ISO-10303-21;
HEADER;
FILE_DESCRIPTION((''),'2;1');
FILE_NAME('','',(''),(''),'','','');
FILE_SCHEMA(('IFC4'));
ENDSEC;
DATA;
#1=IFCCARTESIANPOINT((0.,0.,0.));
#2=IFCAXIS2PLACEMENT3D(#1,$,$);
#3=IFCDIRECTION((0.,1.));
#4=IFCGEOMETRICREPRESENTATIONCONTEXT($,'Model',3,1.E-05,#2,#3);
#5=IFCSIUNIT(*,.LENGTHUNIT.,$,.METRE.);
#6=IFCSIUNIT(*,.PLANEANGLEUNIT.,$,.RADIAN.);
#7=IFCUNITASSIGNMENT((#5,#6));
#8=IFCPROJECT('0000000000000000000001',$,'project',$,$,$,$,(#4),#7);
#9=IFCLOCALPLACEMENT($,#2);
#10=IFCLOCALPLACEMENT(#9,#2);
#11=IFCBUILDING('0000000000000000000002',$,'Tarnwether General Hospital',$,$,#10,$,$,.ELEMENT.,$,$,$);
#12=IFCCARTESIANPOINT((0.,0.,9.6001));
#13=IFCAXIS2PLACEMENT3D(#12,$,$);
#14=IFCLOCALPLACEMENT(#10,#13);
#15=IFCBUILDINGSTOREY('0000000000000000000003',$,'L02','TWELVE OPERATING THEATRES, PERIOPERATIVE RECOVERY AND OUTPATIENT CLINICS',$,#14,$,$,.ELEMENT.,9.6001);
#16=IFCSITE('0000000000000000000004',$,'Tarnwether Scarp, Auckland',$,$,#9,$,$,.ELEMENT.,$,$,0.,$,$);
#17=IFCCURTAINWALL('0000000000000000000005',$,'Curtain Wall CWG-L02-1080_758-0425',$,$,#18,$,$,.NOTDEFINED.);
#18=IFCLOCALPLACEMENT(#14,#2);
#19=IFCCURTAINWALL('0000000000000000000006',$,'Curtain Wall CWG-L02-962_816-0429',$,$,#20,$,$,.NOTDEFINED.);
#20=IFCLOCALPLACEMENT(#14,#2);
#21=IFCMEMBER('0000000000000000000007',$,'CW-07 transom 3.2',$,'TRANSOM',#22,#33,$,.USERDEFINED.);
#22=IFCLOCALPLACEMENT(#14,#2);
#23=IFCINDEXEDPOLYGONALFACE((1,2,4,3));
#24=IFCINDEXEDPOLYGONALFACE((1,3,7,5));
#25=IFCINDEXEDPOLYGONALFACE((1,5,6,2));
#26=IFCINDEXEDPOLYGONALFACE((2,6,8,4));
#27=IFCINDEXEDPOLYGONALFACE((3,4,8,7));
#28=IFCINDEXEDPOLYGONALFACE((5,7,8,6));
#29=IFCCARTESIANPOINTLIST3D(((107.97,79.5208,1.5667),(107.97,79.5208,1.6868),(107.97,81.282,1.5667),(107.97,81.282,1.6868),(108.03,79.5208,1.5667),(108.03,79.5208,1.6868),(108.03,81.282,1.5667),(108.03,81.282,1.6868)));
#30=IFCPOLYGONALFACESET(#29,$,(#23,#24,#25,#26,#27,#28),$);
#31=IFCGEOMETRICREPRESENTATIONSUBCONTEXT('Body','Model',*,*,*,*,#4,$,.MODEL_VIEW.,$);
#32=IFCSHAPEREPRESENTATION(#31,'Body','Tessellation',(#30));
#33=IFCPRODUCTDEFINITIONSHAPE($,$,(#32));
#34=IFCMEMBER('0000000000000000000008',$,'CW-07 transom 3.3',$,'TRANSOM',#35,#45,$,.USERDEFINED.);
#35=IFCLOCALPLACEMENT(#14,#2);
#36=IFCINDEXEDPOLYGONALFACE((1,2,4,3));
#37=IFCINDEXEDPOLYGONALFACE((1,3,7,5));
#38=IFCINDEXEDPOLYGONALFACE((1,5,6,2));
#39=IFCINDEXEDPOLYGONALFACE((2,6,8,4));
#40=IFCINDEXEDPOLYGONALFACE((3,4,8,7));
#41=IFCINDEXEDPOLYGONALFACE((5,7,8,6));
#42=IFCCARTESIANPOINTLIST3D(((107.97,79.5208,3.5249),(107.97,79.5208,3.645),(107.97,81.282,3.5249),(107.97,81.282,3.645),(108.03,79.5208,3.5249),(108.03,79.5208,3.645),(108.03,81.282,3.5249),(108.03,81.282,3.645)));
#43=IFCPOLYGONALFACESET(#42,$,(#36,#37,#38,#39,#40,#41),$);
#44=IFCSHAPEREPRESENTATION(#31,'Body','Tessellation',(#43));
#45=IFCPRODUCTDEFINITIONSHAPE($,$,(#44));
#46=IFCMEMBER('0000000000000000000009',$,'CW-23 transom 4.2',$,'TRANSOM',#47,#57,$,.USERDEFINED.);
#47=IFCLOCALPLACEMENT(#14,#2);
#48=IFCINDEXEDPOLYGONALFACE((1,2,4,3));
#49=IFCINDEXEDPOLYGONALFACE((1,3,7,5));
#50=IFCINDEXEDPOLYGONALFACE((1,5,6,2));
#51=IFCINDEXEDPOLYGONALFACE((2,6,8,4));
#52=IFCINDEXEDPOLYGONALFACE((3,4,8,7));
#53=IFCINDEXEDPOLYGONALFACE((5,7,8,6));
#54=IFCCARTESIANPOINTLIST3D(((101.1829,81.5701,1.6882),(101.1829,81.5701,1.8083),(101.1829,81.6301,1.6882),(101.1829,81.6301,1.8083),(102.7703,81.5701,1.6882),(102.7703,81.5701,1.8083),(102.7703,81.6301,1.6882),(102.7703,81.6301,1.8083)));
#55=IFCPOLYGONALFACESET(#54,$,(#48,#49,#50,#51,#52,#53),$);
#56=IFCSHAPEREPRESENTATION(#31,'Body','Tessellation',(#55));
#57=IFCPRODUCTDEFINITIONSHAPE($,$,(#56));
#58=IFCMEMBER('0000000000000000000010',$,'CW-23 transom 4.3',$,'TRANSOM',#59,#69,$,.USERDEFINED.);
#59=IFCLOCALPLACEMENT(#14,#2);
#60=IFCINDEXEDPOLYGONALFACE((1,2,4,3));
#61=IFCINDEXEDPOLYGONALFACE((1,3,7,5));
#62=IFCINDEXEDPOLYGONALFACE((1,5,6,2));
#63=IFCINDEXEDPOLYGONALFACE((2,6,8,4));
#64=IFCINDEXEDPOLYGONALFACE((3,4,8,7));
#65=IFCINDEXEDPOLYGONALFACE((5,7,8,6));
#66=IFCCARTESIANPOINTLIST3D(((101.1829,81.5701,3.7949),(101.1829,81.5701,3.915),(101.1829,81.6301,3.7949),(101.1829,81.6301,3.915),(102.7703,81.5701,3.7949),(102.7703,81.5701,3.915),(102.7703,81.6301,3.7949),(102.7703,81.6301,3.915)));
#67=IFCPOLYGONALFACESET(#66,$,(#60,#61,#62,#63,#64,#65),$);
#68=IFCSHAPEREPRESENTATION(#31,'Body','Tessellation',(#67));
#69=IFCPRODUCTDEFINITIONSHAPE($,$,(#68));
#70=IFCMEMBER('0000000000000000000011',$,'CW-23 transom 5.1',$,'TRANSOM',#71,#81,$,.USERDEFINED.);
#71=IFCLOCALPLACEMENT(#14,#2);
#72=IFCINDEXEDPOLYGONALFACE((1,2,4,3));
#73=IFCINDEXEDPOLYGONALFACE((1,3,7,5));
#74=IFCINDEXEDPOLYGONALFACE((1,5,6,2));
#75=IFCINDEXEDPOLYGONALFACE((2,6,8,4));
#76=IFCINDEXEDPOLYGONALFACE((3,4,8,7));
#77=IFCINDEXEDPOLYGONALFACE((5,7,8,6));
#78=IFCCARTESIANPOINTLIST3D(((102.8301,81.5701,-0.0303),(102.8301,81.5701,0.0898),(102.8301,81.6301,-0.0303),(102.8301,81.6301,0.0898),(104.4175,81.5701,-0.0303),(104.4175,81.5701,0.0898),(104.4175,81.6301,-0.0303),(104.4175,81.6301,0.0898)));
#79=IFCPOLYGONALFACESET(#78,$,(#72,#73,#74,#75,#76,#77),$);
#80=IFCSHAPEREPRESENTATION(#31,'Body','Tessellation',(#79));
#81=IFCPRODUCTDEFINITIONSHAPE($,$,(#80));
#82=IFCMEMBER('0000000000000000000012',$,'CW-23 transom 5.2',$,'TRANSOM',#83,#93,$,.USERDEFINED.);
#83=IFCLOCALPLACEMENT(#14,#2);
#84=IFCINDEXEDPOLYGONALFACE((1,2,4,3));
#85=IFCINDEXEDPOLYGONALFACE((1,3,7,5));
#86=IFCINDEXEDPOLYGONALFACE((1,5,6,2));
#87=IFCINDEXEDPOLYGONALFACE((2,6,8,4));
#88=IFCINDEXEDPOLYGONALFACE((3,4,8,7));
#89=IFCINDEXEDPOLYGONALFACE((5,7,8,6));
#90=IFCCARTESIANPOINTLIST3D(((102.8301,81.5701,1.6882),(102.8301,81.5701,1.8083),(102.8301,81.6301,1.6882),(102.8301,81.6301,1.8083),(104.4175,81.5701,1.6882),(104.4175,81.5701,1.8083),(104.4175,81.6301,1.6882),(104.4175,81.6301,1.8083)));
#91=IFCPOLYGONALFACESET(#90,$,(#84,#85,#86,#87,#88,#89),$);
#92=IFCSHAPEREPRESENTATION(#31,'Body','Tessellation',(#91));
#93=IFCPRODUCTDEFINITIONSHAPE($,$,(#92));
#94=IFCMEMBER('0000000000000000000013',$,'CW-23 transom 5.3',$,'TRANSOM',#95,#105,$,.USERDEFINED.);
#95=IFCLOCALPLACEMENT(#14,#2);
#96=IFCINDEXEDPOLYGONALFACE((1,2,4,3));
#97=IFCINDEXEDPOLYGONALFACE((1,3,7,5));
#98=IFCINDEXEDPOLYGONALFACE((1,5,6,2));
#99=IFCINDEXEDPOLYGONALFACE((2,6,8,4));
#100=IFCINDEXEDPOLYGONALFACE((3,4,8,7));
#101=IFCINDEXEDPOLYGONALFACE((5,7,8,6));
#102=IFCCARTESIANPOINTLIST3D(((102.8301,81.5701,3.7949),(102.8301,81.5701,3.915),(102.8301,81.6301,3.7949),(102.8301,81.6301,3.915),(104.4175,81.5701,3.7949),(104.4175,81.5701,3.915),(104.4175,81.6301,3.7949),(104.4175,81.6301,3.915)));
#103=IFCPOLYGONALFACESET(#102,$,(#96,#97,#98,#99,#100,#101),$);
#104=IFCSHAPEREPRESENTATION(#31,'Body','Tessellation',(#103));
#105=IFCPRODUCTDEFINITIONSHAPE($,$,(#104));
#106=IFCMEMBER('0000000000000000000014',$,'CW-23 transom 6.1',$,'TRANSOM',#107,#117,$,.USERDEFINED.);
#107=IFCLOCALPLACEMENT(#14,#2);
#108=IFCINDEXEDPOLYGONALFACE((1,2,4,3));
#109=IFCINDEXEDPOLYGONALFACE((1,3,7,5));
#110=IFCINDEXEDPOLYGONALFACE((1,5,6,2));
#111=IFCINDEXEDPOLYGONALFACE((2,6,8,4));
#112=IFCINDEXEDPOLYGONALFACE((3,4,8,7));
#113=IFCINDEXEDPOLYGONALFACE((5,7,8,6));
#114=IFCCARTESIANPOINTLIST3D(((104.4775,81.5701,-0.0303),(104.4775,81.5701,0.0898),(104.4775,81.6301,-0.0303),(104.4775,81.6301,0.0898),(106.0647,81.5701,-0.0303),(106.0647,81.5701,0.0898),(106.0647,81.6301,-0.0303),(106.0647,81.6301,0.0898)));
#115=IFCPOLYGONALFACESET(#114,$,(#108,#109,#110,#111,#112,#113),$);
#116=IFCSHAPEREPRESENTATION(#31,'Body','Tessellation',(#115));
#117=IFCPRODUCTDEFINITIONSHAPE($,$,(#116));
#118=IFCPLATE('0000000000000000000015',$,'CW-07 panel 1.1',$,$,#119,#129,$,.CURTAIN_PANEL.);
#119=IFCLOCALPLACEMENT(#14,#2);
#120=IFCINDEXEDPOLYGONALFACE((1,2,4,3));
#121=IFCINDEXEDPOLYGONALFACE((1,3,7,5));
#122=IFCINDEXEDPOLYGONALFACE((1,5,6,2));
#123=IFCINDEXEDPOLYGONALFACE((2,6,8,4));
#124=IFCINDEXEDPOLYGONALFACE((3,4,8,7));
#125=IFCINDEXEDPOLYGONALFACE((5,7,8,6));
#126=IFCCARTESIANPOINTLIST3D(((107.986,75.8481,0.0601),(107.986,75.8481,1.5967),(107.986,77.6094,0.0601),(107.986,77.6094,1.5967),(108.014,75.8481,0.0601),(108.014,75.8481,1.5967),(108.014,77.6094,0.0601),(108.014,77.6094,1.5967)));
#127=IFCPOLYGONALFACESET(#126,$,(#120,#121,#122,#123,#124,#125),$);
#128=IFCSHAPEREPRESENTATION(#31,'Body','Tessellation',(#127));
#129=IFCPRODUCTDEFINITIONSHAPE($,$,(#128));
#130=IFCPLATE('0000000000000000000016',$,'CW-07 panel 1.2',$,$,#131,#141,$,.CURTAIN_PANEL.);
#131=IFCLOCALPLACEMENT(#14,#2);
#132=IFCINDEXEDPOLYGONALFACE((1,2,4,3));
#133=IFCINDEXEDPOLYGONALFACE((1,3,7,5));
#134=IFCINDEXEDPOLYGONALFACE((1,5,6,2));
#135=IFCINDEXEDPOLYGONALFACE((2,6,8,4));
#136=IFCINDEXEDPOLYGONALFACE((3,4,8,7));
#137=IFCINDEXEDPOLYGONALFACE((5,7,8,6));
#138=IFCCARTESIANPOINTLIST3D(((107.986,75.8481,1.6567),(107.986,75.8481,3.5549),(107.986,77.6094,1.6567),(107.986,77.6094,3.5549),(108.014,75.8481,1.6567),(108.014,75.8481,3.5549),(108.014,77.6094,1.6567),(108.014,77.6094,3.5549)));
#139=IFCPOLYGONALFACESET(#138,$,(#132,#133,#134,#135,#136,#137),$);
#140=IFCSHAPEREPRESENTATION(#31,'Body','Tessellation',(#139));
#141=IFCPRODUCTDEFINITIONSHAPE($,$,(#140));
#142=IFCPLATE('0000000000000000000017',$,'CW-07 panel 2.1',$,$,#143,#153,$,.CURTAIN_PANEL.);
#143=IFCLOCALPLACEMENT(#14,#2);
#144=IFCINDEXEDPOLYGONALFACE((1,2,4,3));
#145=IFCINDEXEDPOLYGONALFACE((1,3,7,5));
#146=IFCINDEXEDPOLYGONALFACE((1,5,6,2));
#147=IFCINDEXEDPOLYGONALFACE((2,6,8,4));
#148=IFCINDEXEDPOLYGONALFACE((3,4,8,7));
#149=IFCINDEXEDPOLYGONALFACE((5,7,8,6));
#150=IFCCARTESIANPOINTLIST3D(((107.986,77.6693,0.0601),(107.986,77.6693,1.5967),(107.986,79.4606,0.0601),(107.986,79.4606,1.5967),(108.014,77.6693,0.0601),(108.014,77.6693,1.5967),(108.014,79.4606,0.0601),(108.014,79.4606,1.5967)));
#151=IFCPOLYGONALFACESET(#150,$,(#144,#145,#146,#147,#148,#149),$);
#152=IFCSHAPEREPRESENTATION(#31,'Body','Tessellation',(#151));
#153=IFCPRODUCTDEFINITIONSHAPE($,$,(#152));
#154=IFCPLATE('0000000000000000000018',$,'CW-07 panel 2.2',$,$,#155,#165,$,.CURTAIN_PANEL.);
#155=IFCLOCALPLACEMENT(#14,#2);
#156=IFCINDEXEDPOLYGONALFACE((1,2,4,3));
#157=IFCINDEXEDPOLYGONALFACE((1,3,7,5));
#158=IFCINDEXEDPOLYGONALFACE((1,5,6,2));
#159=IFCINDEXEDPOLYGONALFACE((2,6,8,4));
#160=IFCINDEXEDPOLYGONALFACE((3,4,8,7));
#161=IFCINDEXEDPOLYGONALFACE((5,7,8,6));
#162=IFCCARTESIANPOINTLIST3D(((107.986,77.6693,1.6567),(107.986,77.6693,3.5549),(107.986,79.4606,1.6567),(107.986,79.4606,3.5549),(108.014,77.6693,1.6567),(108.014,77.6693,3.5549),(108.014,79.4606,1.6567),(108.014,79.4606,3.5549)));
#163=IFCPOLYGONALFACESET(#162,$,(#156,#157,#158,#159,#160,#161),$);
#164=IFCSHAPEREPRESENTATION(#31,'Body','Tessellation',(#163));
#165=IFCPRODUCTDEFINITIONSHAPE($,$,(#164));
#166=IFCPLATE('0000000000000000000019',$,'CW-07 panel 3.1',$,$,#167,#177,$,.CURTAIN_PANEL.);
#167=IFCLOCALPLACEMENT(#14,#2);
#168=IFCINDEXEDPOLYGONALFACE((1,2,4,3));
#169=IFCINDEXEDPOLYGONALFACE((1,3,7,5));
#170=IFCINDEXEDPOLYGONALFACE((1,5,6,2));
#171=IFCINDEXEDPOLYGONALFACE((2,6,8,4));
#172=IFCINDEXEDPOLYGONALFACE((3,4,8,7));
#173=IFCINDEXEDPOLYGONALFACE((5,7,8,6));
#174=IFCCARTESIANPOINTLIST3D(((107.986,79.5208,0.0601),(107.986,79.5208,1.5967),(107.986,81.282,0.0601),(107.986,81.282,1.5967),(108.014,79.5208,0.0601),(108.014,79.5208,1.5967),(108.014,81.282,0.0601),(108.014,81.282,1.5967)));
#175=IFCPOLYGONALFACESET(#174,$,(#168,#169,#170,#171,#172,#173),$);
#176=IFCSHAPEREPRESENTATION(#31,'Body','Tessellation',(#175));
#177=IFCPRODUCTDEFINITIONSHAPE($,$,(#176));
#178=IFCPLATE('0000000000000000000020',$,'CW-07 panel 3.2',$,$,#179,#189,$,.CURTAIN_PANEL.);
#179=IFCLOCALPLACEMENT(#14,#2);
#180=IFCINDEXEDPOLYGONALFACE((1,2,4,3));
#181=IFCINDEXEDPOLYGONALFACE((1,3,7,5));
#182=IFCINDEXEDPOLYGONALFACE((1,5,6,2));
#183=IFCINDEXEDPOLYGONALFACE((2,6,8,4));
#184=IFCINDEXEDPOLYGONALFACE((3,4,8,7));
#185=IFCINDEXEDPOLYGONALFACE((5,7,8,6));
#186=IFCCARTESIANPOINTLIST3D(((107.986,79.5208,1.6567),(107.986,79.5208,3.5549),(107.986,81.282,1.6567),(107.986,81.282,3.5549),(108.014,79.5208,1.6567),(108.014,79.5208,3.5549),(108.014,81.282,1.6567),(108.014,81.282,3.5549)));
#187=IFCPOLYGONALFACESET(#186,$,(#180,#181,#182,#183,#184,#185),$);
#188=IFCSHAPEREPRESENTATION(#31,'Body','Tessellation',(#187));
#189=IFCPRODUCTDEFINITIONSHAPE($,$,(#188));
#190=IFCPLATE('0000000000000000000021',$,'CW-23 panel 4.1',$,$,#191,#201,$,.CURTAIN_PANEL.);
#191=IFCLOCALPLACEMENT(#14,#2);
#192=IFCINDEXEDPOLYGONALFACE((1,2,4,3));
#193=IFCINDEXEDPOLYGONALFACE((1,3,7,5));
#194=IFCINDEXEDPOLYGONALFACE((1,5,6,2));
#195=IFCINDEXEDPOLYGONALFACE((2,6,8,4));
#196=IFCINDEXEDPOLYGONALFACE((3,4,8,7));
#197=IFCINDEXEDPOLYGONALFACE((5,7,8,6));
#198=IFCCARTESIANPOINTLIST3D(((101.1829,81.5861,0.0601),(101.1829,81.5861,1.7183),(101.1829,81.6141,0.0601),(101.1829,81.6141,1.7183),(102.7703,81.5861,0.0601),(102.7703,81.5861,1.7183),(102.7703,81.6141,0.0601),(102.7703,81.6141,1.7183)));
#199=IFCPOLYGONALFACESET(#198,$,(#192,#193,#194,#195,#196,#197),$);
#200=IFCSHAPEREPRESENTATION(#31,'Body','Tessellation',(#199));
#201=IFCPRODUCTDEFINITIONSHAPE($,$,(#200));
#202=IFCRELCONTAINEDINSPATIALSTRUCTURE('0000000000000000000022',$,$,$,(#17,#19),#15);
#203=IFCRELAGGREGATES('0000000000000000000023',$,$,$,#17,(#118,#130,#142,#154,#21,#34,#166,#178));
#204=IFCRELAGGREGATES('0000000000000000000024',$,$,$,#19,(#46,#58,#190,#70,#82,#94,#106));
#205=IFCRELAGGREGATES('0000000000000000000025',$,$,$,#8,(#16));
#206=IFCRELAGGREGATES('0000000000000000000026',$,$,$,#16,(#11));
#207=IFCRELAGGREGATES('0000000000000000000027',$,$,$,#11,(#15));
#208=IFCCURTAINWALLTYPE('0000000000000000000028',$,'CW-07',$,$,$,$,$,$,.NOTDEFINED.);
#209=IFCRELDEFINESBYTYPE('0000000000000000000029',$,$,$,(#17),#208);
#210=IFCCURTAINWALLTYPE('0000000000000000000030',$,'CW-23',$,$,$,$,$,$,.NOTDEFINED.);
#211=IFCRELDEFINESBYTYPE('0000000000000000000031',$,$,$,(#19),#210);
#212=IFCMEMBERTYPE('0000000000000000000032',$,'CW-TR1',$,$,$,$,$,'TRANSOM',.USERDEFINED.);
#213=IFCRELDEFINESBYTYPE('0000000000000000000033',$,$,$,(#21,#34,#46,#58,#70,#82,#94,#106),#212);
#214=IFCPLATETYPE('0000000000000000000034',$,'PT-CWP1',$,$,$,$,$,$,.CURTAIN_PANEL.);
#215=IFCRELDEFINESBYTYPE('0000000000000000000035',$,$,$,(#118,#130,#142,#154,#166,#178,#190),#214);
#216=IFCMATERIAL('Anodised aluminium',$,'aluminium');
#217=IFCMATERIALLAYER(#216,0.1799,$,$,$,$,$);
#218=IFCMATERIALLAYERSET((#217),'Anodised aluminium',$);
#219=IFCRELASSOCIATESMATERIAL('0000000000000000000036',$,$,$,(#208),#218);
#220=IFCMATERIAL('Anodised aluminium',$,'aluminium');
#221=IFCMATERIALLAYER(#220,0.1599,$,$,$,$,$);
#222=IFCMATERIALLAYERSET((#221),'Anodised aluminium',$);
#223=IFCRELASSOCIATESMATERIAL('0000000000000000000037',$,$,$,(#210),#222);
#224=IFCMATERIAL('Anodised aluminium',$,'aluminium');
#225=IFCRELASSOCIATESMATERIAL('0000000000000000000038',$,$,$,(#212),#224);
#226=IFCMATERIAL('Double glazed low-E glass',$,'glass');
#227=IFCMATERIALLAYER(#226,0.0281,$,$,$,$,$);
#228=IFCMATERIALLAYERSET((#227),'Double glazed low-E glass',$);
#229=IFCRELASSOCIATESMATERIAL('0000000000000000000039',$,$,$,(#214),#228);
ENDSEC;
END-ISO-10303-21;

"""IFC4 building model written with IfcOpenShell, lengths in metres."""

from ifc_helpers import new_model, si_unit, direction, frame, origin, origin_2d, place, context, subcontext, project, spatial, rectangle, extrude, material, layer, layer_set, material_profile, profile_set, type_object, element, aggregate, save


model = new_model("IFC4")

# Units and contexts
model_context = context("Model", 3, precision=1e-05, world=origin(), true_north=direction((0.0, 1.0)))
body_context = subcontext(model_context, "Body", "Model", "MODEL_VIEW")
ifc_project = project(units=[si_unit("LENGTHUNIT", "METRE"), si_unit("PLANEANGLEUNIT", "RADIAN")], contexts=[model_context])

# Site, building, storey
site_placement = place(None, origin())
site = spatial("IfcSite", under=ifc_project, at=site_placement, Name="Tarnwether Scarp, Auckland", CompositionType="ELEMENT", RefElevation=0.0)
building_placement = place(site_placement, origin())
building = spatial("IfcBuilding", under=site, at=building_placement, Name="Tarnwether General Hospital", CompositionType="ELEMENT")
storey_placement = place(building_placement, frame((0.0, 0.0, 9.6001)))
storey = spatial("IfcBuildingStorey", under=building, at=storey_placement, Name="L02", Description="TWELVE OPERATING THEATRES, PERIOPERATIVE RECOVERY AND OUTPATIENT CLINICS", CompositionType="ELEMENT", Elevation=9.6001)

# Curtain walls
ifc_material_1 = material(Name="Anodised aluminium", Category="aluminium")
ifc_layer_1 = layer(ifc_material_1, 0.1799)
ifc_layer_set_1 = layer_set([ifc_layer_1], Name="Anodised aluminium")
curtain_wall_type_1 = type_object("IfcCurtainWallType", Name="CW-07", PredefinedType="NOTDEFINED", material=ifc_layer_set_1)
curtain_wall_1_placement = place(storey_placement, origin())
curtain_wall_1 = element("IfcCurtainWall", 1, at=curtain_wall_1_placement, inside=storey, type_object=curtain_wall_type_1, Name="Curtain Wall CWG-L02-1080_758-0425", PredefinedType="NOTDEFINED")
ifc_material_2 = material(Name="Anodised aluminium", Category="aluminium")
ifc_layer_2 = layer(ifc_material_2, 0.1599)
ifc_layer_set_2 = layer_set([ifc_layer_2], Name="Anodised aluminium")
curtain_wall_type_2 = type_object("IfcCurtainWallType", Name="CW-23", PredefinedType="NOTDEFINED", material=ifc_layer_set_2)
curtain_wall_2_placement = place(storey_placement, origin())
curtain_wall_2 = element("IfcCurtainWall", 2, at=curtain_wall_2_placement, inside=storey, type_object=curtain_wall_type_2, Name="Curtain Wall CWG-L02-962_816-0429", PredefinedType="NOTDEFINED")

# Members
ifc_material_3 = material(Name="Anodised aluminium", Category="aluminium")
ifc_material_profile_1 = material_profile(ifc_material_3, rectangle(XDim=0.0601, YDim=0.1201, at=origin_2d()), Name="ALU-TRN-60x120")
ifc_profile_set_1 = profile_set([ifc_material_profile_1], Name="Anodised aluminium")
member_type_1 = type_object("IfcMemberType", Name="CW-TR1", ElementType="TRANSOM", PredefinedType="USERDEFINED", material=ifc_profile_set_1)
member_1_placement = place(storey_placement, frame((108.0, 79.5208, 1.6267), z_axis=(0.0, 1.0, 0.0), x_axis=(-1.0, 0.0, 0.0)))
member_1 = element("IfcMember", 3, at=member_1_placement, type_object=member_type_1, Name="CW-07 transom 3.2", ObjectType="TRANSOM", PredefinedType="USERDEFINED", context=body_context, shape_type="SweptSolid", body=[
    extrude(rectangle(XDim=0.0601, YDim=0.1201, at=origin_2d()), origin(), (0.0, 0.0, 1.0), 1.7612),
])
member_2_placement = place(storey_placement, frame((108.0, 79.5208, 3.585), z_axis=(0.0, 1.0, 0.0), x_axis=(-1.0, 0.0, 0.0)))
member_2 = element("IfcMember", 4, at=member_2_placement, type_object=member_type_1, Name="CW-07 transom 3.3", ObjectType="TRANSOM", PredefinedType="USERDEFINED", context=body_context, shape_type="SweptSolid", body=[
    extrude(rectangle(XDim=0.0601, YDim=0.1201, at=origin_2d()), origin(), (0.0, 0.0, 1.0), 1.7612),
])
member_3_placement = place(storey_placement, frame((101.1829, 81.6001, 1.7483), z_axis=(1.0, 0.0, 0.0), x_axis=(0.0, 1.0, 0.0)))
member_3 = element("IfcMember", 5, at=member_3_placement, type_object=member_type_1, Name="CW-23 transom 4.2", ObjectType="TRANSOM", PredefinedType="USERDEFINED", context=body_context, shape_type="SweptSolid", body=[
    extrude(rectangle(XDim=0.0601, YDim=0.1201, at=origin_2d()), origin(), (0.0, 0.0, 1.0), 1.5874),
])
member_4_placement = place(storey_placement, frame((101.1829, 81.6001, 3.855), z_axis=(1.0, 0.0, 0.0), x_axis=(0.0, 1.0, 0.0)))
member_4 = element("IfcMember", 6, at=member_4_placement, type_object=member_type_1, Name="CW-23 transom 4.3", ObjectType="TRANSOM", PredefinedType="USERDEFINED", context=body_context, shape_type="SweptSolid", body=[
    extrude(rectangle(XDim=0.0601, YDim=0.1201, at=origin_2d()), origin(), (0.0, 0.0, 1.0), 1.5874),
])
member_5_placement = place(storey_placement, frame((102.8301, 81.6001, 0.0298), z_axis=(1.0, 0.0, 0.0), x_axis=(0.0, 1.0, 0.0)))
member_5 = element("IfcMember", 7, at=member_5_placement, type_object=member_type_1, Name="CW-23 transom 5.1", ObjectType="TRANSOM", PredefinedType="USERDEFINED", context=body_context, shape_type="SweptSolid", body=[
    extrude(rectangle(XDim=0.0601, YDim=0.1201, at=origin_2d()), origin(), (0.0, 0.0, 1.0), 1.5874),
])
member_6_placement = place(storey_placement, frame((102.8301, 81.6001, 1.7483), z_axis=(1.0, 0.0, 0.0), x_axis=(0.0, 1.0, 0.0)))
member_6 = element("IfcMember", 8, at=member_6_placement, type_object=member_type_1, Name="CW-23 transom 5.2", ObjectType="TRANSOM", PredefinedType="USERDEFINED", context=body_context, shape_type="SweptSolid", body=[
    extrude(rectangle(XDim=0.0601, YDim=0.1201, at=origin_2d()), origin(), (0.0, 0.0, 1.0), 1.5874),
])
member_7_placement = place(storey_placement, frame((102.8301, 81.6001, 3.855), z_axis=(1.0, 0.0, 0.0), x_axis=(0.0, 1.0, 0.0)))
member_7 = element("IfcMember", 9, at=member_7_placement, type_object=member_type_1, Name="CW-23 transom 5.3", ObjectType="TRANSOM", PredefinedType="USERDEFINED", context=body_context, shape_type="SweptSolid", body=[
    extrude(rectangle(XDim=0.0601, YDim=0.1201, at=origin_2d()), origin(), (0.0, 0.0, 1.0), 1.5874),
])
member_8_placement = place(storey_placement, frame((104.4775, 81.6001, 0.0298), z_axis=(1.0, 0.0, 0.0), x_axis=(0.0, 1.0, 0.0)))
member_8 = element("IfcMember", 10, at=member_8_placement, type_object=member_type_1, Name="CW-23 transom 6.1", ObjectType="TRANSOM", PredefinedType="USERDEFINED", context=body_context, shape_type="SweptSolid", body=[
    extrude(rectangle(XDim=0.0601, YDim=0.1201, at=origin_2d()), origin(), (0.0, 0.0, 1.0), 1.5872),
])

# Plates
ifc_material_4 = material(Name="Double glazed low-E glass", Category="glass")
ifc_layer_3 = layer(ifc_material_4, 0.0281)
ifc_layer_set_3 = layer_set([ifc_layer_3], Name="Double glazed low-E glass")
plate_type = type_object("IfcPlateType", Name="PT-CWP1", PredefinedType="CURTAIN_PANEL", material=ifc_layer_set_3)
plate_1_placement = place(storey_placement, frame((108.0, 76.7288, 0.0601), z_axis=(0.0, 0.0, 1.0), x_axis=(0.0, 1.0, 0.0)))
plate_1 = element("IfcPlate", 11, at=plate_1_placement, type_object=plate_type, Name="CW-07 panel 1.1", PredefinedType="CURTAIN_PANEL", context=body_context, shape_type="SweptSolid", body=[
    extrude(rectangle(XDim=1.7612, YDim=0.0281, at=origin_2d()), origin(), (0.0, 0.0, 1.0), 1.5366),
])
plate_2_placement = place(storey_placement, frame((108.0, 76.7288, 1.6567), z_axis=(0.0, 0.0, 1.0), x_axis=(0.0, 1.0, 0.0)))
plate_2 = element("IfcPlate", 12, at=plate_2_placement, type_object=plate_type, Name="CW-07 panel 1.2", PredefinedType="CURTAIN_PANEL", context=body_context, shape_type="SweptSolid", body=[
    extrude(rectangle(XDim=1.7612, YDim=0.0281, at=origin_2d()), origin(), (0.0, 0.0, 1.0), 1.8982),
])
plate_3_placement = place(storey_placement, frame((108.0, 78.5649, 0.0601), z_axis=(0.0, 0.0, 1.0), x_axis=(0.0, 1.0, 0.0)))
plate_3 = element("IfcPlate", 13, at=plate_3_placement, type_object=plate_type, Name="CW-07 panel 2.1", PredefinedType="CURTAIN_PANEL", context=body_context, shape_type="SweptSolid", body=[
    extrude(rectangle(XDim=1.7913, YDim=0.0281, at=origin_2d()), origin(), (0.0, 0.0, 1.0), 1.5366),
])
plate_4_placement = place(storey_placement, frame((108.0, 78.5649, 1.6567), z_axis=(0.0, 0.0, 1.0), x_axis=(0.0, 1.0, 0.0)))
plate_4 = element("IfcPlate", 14, at=plate_4_placement, type_object=plate_type, Name="CW-07 panel 2.2", PredefinedType="CURTAIN_PANEL", context=body_context, shape_type="SweptSolid", body=[
    extrude(rectangle(XDim=1.7913, YDim=0.0281, at=origin_2d()), origin(), (0.0, 0.0, 1.0), 1.8982),
])
plate_5_placement = place(storey_placement, frame((108.0, 80.4014, 0.0601), z_axis=(0.0, 0.0, 1.0), x_axis=(0.0, 1.0, 0.0)))
plate_5 = element("IfcPlate", 15, at=plate_5_placement, type_object=plate_type, Name="CW-07 panel 3.1", PredefinedType="CURTAIN_PANEL", context=body_context, shape_type="SweptSolid", body=[
    extrude(rectangle(XDim=1.7612, YDim=0.0281, at=origin_2d()), origin(), (0.0, 0.0, 1.0), 1.5366),
])
plate_6_placement = place(storey_placement, frame((108.0, 80.4014, 1.6567), z_axis=(0.0, 0.0, 1.0), x_axis=(0.0, 1.0, 0.0)))
plate_6 = element("IfcPlate", 16, at=plate_6_placement, type_object=plate_type, Name="CW-07 panel 3.2", PredefinedType="CURTAIN_PANEL", context=body_context, shape_type="SweptSolid", body=[
    extrude(rectangle(XDim=1.7612, YDim=0.0281, at=origin_2d()), origin(), (0.0, 0.0, 1.0), 1.8982),
])
aggregate(curtain_wall_1, [plate_1, plate_2, plate_3, plate_4, member_1, member_2, plate_5, plate_6])
plate_7_placement = place(storey_placement, frame((101.9766, 81.6001, 0.0601), z_axis=(0.0, 0.0, 1.0), x_axis=(1.0, 0.0, 0.0)))
plate_7 = element("IfcPlate", 17, at=plate_7_placement, type_object=plate_type, Name="CW-23 panel 4.1", PredefinedType="CURTAIN_PANEL", context=body_context, shape_type="SweptSolid", body=[
    extrude(rectangle(XDim=1.5874, YDim=0.0281, at=origin_2d()), origin(), (0.0, 0.0, 1.0), 1.6582),
])
aggregate(curtain_wall_2, [member_3, member_4, plate_7, member_5, member_6, member_7, member_8])

save(model, "model.ifc")
